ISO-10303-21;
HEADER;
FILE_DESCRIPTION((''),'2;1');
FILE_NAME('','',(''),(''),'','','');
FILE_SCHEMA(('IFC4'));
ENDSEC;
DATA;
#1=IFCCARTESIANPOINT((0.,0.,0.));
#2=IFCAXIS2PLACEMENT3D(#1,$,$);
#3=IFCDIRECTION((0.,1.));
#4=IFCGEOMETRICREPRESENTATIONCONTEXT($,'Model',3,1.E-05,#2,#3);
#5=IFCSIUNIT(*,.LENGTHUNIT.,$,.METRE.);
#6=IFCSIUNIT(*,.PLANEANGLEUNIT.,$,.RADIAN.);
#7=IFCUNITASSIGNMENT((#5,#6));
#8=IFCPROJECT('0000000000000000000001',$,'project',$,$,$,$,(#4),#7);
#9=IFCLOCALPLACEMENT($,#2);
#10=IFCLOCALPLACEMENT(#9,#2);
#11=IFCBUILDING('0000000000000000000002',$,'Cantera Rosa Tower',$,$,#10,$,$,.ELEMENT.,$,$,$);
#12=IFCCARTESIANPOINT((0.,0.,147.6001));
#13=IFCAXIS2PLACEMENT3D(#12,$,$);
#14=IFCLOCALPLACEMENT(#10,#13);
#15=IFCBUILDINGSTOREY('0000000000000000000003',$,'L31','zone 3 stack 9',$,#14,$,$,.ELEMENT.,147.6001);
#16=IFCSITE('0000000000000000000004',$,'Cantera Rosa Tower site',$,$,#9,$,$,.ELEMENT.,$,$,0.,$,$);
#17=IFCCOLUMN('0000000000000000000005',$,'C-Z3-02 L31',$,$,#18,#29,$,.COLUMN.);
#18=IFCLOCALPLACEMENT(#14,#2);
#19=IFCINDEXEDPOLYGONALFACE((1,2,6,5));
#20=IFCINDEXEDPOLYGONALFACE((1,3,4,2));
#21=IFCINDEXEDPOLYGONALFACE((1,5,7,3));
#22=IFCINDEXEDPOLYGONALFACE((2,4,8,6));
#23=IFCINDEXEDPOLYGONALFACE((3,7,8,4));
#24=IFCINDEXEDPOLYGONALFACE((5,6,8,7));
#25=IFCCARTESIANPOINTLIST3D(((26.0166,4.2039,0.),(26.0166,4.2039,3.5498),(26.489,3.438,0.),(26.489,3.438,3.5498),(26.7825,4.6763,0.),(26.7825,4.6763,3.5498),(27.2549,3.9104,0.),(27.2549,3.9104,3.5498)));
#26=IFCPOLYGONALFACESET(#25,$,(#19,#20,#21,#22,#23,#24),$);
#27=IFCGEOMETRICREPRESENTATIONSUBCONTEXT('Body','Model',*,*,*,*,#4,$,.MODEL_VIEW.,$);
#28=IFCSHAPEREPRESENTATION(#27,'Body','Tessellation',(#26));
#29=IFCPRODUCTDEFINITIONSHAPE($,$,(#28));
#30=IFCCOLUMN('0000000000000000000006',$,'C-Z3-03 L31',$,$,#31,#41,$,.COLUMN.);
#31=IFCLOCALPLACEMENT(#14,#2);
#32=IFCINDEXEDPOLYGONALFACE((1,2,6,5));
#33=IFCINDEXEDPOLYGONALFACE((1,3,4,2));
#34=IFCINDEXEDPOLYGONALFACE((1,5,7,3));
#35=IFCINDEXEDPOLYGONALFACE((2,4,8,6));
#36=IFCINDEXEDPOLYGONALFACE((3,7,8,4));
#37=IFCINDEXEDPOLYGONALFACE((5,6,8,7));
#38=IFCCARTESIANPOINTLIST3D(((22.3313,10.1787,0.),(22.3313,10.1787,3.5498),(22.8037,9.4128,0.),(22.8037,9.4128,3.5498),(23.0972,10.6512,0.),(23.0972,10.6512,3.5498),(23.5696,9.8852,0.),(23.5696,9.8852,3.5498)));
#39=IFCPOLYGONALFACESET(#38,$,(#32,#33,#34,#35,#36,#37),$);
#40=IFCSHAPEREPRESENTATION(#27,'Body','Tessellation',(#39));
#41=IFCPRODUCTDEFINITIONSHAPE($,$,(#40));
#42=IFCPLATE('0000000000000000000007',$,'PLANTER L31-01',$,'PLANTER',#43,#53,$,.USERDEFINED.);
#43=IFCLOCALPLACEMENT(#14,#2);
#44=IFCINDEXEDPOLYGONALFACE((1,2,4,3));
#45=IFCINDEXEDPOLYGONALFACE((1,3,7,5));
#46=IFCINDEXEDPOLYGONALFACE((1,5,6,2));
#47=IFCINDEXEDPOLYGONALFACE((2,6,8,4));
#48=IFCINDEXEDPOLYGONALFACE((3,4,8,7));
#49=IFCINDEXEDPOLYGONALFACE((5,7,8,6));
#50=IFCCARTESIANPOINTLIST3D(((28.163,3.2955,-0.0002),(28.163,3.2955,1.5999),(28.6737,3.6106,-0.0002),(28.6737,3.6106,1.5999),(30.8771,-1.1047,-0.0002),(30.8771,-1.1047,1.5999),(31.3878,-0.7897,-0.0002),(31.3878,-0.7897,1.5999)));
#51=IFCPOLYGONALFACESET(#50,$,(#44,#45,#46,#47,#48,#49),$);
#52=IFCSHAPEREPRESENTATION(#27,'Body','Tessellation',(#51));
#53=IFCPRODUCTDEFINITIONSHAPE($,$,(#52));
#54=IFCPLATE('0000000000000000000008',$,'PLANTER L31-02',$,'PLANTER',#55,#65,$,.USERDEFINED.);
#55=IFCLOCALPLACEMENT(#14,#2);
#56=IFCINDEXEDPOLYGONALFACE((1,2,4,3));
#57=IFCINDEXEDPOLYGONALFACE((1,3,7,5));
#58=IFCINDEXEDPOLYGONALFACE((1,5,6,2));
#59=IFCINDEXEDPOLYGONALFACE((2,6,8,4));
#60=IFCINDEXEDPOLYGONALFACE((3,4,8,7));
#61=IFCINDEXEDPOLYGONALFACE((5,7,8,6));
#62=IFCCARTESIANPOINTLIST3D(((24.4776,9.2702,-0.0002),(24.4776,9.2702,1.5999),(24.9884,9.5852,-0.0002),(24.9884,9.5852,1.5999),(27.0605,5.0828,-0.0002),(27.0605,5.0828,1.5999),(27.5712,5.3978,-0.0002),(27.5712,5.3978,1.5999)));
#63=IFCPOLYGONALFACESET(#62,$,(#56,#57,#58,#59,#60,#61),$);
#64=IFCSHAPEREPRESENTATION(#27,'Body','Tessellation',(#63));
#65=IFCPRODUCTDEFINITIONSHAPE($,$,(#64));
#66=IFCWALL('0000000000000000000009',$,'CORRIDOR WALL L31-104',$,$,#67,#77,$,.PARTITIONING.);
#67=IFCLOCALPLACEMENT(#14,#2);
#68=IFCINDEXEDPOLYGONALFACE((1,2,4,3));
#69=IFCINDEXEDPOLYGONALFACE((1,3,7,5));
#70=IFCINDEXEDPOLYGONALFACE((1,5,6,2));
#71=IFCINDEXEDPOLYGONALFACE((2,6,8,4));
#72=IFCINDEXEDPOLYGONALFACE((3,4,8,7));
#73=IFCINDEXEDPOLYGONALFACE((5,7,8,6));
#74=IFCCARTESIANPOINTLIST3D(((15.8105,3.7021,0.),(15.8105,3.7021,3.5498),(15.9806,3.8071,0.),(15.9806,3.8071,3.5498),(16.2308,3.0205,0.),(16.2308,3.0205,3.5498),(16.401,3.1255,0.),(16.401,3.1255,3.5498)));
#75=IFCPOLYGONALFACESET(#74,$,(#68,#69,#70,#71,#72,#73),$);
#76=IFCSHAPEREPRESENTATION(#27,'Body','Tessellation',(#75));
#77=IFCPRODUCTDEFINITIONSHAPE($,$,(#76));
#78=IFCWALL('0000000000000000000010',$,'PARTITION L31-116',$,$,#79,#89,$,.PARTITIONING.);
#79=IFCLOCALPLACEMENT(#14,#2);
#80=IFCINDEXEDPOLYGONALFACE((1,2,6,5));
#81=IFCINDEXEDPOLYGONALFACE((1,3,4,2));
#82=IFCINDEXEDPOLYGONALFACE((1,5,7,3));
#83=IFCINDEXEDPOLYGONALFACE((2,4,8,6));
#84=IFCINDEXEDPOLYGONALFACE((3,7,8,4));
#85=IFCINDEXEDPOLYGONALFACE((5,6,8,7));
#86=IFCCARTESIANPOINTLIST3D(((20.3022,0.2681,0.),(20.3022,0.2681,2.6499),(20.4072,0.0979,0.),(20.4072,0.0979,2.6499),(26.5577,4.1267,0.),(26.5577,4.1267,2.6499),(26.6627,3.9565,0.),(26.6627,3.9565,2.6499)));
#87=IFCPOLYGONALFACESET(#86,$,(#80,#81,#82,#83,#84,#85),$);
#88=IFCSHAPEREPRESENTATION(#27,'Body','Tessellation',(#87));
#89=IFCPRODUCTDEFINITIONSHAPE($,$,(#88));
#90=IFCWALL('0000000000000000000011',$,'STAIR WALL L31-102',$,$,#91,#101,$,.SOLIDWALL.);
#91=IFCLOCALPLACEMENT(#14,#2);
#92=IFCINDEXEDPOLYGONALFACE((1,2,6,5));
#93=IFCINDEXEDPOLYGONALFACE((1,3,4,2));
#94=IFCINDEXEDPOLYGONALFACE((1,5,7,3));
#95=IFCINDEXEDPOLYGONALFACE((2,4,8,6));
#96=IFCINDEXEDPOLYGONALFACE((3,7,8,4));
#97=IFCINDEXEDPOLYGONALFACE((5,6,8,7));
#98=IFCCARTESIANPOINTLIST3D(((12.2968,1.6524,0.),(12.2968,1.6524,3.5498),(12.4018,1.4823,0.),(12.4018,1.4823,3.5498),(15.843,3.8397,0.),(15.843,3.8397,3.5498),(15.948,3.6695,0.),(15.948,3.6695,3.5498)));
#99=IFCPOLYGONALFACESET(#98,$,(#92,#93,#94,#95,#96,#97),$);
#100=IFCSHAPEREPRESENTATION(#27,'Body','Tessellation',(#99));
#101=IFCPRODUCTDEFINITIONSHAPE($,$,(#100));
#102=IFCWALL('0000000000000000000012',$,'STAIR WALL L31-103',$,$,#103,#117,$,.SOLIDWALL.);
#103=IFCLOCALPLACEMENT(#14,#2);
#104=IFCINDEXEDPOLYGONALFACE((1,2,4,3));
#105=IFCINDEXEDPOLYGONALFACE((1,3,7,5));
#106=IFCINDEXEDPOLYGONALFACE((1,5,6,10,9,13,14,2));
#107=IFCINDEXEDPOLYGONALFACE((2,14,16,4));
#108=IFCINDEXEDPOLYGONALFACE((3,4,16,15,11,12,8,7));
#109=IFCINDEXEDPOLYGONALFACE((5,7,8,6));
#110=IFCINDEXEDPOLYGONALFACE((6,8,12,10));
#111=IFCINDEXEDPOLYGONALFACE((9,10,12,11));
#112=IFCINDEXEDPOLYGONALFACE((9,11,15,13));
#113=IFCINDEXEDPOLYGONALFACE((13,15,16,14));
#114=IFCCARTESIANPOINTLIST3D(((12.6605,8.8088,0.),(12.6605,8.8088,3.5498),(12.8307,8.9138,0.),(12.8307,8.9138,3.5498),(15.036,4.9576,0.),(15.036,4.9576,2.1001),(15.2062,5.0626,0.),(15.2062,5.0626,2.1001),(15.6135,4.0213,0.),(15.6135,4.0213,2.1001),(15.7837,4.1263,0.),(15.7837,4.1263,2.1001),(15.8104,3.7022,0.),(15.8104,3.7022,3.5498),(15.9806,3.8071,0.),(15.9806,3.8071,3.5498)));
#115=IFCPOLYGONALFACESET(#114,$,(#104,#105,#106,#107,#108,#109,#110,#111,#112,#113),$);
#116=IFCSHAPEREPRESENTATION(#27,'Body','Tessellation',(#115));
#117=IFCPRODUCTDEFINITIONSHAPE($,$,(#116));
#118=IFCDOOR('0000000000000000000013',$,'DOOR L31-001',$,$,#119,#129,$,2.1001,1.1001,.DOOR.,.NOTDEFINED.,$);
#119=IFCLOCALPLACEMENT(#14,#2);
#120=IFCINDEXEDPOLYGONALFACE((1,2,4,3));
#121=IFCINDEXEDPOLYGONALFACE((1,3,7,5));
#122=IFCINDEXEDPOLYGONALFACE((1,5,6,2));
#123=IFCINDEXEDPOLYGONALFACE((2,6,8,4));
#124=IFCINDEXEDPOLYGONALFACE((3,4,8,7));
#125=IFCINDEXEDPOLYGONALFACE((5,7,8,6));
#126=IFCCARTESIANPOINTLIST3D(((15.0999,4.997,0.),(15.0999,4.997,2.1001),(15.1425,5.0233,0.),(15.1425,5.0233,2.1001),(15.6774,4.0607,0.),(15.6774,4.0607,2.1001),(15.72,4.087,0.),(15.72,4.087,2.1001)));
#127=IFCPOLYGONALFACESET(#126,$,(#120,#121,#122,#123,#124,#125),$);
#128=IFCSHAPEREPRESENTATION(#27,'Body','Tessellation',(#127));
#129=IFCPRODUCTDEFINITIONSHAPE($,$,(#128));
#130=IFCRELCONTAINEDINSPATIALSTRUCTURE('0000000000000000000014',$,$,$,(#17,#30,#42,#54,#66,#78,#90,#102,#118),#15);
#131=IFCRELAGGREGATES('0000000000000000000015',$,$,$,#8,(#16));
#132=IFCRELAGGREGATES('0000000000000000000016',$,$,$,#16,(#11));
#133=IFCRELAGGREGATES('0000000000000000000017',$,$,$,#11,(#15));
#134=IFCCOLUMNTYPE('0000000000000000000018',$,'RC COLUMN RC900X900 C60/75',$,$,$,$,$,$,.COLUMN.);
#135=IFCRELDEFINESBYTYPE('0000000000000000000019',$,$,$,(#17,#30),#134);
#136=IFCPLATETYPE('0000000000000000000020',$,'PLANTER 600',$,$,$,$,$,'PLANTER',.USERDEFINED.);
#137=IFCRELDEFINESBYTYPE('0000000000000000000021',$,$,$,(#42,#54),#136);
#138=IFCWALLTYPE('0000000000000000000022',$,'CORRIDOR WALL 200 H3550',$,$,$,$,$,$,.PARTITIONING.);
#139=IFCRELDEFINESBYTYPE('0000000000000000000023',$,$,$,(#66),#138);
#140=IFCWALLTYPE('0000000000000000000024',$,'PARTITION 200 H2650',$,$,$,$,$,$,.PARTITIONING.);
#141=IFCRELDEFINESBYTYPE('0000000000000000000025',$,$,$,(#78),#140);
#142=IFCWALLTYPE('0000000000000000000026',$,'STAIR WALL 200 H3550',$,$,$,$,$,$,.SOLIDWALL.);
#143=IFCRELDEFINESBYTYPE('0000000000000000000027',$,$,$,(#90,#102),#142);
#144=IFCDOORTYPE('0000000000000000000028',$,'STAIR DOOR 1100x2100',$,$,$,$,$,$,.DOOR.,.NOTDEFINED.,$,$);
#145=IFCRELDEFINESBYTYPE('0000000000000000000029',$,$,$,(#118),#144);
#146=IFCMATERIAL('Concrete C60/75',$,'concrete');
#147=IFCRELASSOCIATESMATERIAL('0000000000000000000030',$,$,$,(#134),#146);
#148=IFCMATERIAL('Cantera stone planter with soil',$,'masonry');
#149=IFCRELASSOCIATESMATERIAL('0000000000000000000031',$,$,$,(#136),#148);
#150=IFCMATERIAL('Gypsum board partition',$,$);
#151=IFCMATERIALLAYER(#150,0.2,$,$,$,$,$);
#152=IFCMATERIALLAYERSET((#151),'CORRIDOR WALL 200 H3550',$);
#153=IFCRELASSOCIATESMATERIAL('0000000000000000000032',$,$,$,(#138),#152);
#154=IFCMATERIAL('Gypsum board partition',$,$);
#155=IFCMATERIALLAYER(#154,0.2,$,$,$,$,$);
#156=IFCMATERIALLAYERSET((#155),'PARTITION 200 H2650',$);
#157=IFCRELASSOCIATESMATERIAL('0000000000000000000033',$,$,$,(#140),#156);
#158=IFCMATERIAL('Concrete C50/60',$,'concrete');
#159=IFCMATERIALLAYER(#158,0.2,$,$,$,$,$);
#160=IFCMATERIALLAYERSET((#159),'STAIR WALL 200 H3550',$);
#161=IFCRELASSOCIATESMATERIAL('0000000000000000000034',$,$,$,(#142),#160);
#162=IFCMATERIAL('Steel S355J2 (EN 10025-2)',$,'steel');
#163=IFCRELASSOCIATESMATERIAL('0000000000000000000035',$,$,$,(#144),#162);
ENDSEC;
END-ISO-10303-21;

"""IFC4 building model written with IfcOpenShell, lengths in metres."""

from ifc_helpers import new_model, si_unit, direction, frame, frame_2d, origin, origin_2d, place, context, subcontext, project, spatial, rectangle, extrude, material, layer, layer_set, material_profile, profile_set, type_object, element, fill, save


model = new_model("IFC4")

# Units and contexts
model_context = context("Model", 3, precision=1e-05, world=origin(), true_north=direction((0.0, 1.0)))
body_context = subcontext(model_context, "Body", "Model", "MODEL_VIEW")
ifc_project = project(units=[si_unit("LENGTHUNIT", "METRE"), si_unit("PLANEANGLEUNIT", "RADIAN")], contexts=[model_context])

# Site, building, storey
site_placement = place(None, origin())
site = spatial("IfcSite", under=ifc_project, at=site_placement, Name="Cantera Rosa Tower site", CompositionType="ELEMENT", RefElevation=0.0)
building_placement = place(site_placement, origin())
building = spatial("IfcBuilding", under=site, at=building_placement, Name="Cantera Rosa Tower", CompositionType="ELEMENT")
storey_placement = place(building_placement, frame((0.0, 0.0, 147.6001)))
storey = spatial("IfcBuildingStorey", under=building, at=storey_placement, Name="L31", Description="zone 3 stack 9", CompositionType="ELEMENT", Elevation=147.6001)

# Columns
ifc_material_1 = material(Name="Concrete C60/75", Category="concrete")
ifc_material_profile = material_profile(ifc_material_1, rectangle(XDim=0.8999, YDim=0.8999, at=origin_2d()), Name="RC COLUMN RC900X900 C60/75")
ifc_profile_set = profile_set([ifc_material_profile], Name="Concrete C60/75")
column_type = type_object("IfcColumnType", Name="RC COLUMN RC900X900 C60/75", PredefinedType="COLUMN", material=ifc_profile_set)
for number, where, z_axis, x_axis, name in (
    (1, (26.6357, 4.0571, 0.0), (0.0, 0.0, 1.0), (0.851117, 0.524977, 0.0), "C-Z3-02 L31"),
    (2, (22.9504, 10.032, 0.0), (0.0, 0.0, 1.0), (0.851117, 0.524977, 0.0), "C-Z3-03 L31"),
):
    element("IfcColumn", number, at=place(storey_placement, frame(where, z_axis=z_axis, x_axis=x_axis)), inside=storey, type_object=column_type, Name=name, PredefinedType="COLUMN", context=body_context, shape_type="SweptSolid", body=[
        extrude(rectangle(XDim=0.8999, YDim=0.8999, at=origin_2d()), origin(), (0.0, 0.0, 1.0), 3.5498),
    ])

# Plates
ifc_material_2 = material(Name="Cantera stone planter with soil", Category="masonry")
plate_type = type_object("IfcPlateType", Name="PLANTER 600", ElementType="PLANTER", PredefinedType="USERDEFINED", material=ifc_material_2)
plate_1_placement = place(storey_placement, frame((29.7754, 1.2529, -0.0002), z_axis=(0.0, 0.0, 1.0), x_axis=(-0.524977, 0.851117, 0.0)))
element("IfcPlate", 3, at=plate_1_placement, inside=storey, type_object=plate_type, Name="PLANTER L31-01", ObjectType="PLANTER", PredefinedType="USERDEFINED", context=body_context, shape_type="SweptSolid", body=[
    extrude(rectangle(XDim=5.1699, YDim=0.6001, at=origin_2d()), origin(), (0.0, 0.0, 1.0), 1.6001),
])
plate_2_placement = place(storey_placement, frame((26.0244, 7.334, -0.0002), z_axis=(0.0, 0.0, 1.0), x_axis=(-0.524977, 0.851117, 0.0)))
element("IfcPlate", 4, at=plate_2_placement, inside=storey, type_object=plate_type, Name="PLANTER L31-02", ObjectType="PLANTER", PredefinedType="USERDEFINED", context=body_context, shape_type="SweptSolid", body=[
    extrude(rectangle(XDim=4.9199, YDim=0.6001, at=origin_2d()), origin(), (0.0, 0.0, 1.0), 1.6001),
])

# Wall
ifc_material_3 = material(Name="Gypsum board partition")
ifc_layer_1 = layer(ifc_material_3, 0.2)
ifc_layer_set_1 = layer_set([ifc_layer_1], Name="CORRIDOR WALL 200 H3550")
wall_type_1 = type_object("IfcWallType", Name="CORRIDOR WALL 200 H3550", PredefinedType="PARTITIONING", material=ifc_layer_set_1)
wall_1_placement = place(storey_placement, frame((16.3159, 3.073, 0.0), z_axis=(0.0, 0.0, 1.0), x_axis=(-0.524948, 0.851135, 0.0)))
element("IfcWall", 5, at=wall_1_placement, inside=storey, type_object=wall_type_1, Name="CORRIDOR WALL L31-104", PredefinedType="PARTITIONING", context=body_context, shape_type="SweptSolid", body=[
    extrude(rectangle(XDim=0.8008, YDim=0.2, at=frame_2d((0.4004, 0.0))), origin(), (0.0, 0.0, 1.0), 3.5498),
])

# Walls
ifc_material_4 = material(Name="Gypsum board partition")
ifc_layer_2 = layer(ifc_material_4, 0.2)
ifc_layer_set_2 = layer_set([ifc_layer_2], Name="PARTITION 200 H2650")
wall_type_2 = type_object("IfcWallType", Name="PARTITION 200 H2650", PredefinedType="PARTITIONING", material=ifc_layer_set_2)
wall_2_placement = place(storey_placement, frame((26.6101, 4.0415, 0.0), z_axis=(0.0, 0.0, 1.0), x_axis=(-0.851109, -0.524989, 0.0)))
element("IfcWall", 6, at=wall_2_placement, inside=storey, type_object=wall_type_2, Name="PARTITION L31-116", PredefinedType="PARTITIONING", context=body_context, shape_type="SweptSolid", body=[
    extrude(rectangle(XDim=7.3499, YDim=0.2, at=frame_2d((3.6748, 0.0))), origin(), (0.0, 0.0, 1.0), 2.6499),
])
ifc_material_5 = material(Name="Concrete C50/60", Category="concrete")
ifc_layer_3 = layer(ifc_material_5, 0.2)
ifc_layer_set_3 = layer_set([ifc_layer_3], Name="STAIR WALL 200 H3550")
wall_type_3 = type_object("IfcWallType", Name="STAIR WALL 200 H3550", PredefinedType="SOLIDWALL", material=ifc_layer_set_3)
wall_3_placement = place(storey_placement, frame((15.8955, 3.7546, 0.0), z_axis=(0.0, 0.0, 1.0), x_axis=(-0.851121, -0.52497, 0.0)))
element("IfcWall", 7, at=wall_3_placement, inside=storey, type_object=wall_type_3, Name="STAIR WALL L31-102", PredefinedType="SOLIDWALL", context=body_context, shape_type="SweptSolid", body=[
    extrude(rectangle(XDim=4.1665, YDim=0.2, at=frame_2d((2.0833, 0.0))), origin(), (0.0, 0.0, 1.0), 3.5498),
])

# Wall, opening, door
wall_4_placement = place(storey_placement, frame((15.8955, 3.7546, 0.0), z_axis=(0.0, 0.0, 1.0), x_axis=(-0.524983, 0.851113, 0.0)))
wall_4 = element("IfcWall", 8, at=wall_4_placement, inside=storey, type_object=wall_type_3, Name="STAIR WALL L31-103", PredefinedType="SOLIDWALL", context=body_context, shape_type="SweptSolid", body=[
    extrude(rectangle(XDim=6.0, YDim=0.2, at=frame_2d((3.0, 0.0))), origin(), (0.0, 0.0, 1.0), 3.5498),
])
opening_1_placement = place(wall_4_placement, frame((0.375, 0.0, 0.0)))
opening_1 = element("IfcOpeningElement", 9, at=opening_1_placement, cuts=wall_4, PredefinedType="OPENING", context=body_context, shape_type="SweptSolid", body=[
    extrude(rectangle(XDim=1.1001, YDim=2.1001, at=frame_2d((0.55, 1.05))), frame((0.0, 0.1099, 0.0), z_axis=(0.0, -1.0, 0.0), x_axis=(1.0, 0.0, 0.0)), (0.0, 0.0, 1.0), 0.22),
])
ifc_material_6 = material(Name="Steel S355J2 (EN 10025-2)", Category="steel")
door_type_1 = type_object("IfcDoorType", Name="STAIR DOOR 1100x2100", OperationType="NOTDEFINED", PredefinedType="DOOR", material=ifc_material_6)
door_1_placement = place(opening_1_placement, origin())
door_1 = element("IfcDoor", 10, at=door_1_placement, inside=storey, type_object=door_type_1, Name="DOOR L31-001", OperationType="NOTDEFINED", OverallHeight=2.1001, OverallWidth=1.1001, PredefinedType="DOOR", context=body_context, shape_type="SweptSolid", body=[
    extrude(rectangle(XDim=1.1001, YDim=2.1001, at=frame_2d((0.55, 1.05))), frame((0.0, 0.0249, 0.0), z_axis=(0.0, -1.0, 0.0), x_axis=(1.0, 0.0, 0.0)), (0.0, 0.0, 1.0), 0.05),
])
fill(opening_1, door_1)

save(model, "model.ifc")
